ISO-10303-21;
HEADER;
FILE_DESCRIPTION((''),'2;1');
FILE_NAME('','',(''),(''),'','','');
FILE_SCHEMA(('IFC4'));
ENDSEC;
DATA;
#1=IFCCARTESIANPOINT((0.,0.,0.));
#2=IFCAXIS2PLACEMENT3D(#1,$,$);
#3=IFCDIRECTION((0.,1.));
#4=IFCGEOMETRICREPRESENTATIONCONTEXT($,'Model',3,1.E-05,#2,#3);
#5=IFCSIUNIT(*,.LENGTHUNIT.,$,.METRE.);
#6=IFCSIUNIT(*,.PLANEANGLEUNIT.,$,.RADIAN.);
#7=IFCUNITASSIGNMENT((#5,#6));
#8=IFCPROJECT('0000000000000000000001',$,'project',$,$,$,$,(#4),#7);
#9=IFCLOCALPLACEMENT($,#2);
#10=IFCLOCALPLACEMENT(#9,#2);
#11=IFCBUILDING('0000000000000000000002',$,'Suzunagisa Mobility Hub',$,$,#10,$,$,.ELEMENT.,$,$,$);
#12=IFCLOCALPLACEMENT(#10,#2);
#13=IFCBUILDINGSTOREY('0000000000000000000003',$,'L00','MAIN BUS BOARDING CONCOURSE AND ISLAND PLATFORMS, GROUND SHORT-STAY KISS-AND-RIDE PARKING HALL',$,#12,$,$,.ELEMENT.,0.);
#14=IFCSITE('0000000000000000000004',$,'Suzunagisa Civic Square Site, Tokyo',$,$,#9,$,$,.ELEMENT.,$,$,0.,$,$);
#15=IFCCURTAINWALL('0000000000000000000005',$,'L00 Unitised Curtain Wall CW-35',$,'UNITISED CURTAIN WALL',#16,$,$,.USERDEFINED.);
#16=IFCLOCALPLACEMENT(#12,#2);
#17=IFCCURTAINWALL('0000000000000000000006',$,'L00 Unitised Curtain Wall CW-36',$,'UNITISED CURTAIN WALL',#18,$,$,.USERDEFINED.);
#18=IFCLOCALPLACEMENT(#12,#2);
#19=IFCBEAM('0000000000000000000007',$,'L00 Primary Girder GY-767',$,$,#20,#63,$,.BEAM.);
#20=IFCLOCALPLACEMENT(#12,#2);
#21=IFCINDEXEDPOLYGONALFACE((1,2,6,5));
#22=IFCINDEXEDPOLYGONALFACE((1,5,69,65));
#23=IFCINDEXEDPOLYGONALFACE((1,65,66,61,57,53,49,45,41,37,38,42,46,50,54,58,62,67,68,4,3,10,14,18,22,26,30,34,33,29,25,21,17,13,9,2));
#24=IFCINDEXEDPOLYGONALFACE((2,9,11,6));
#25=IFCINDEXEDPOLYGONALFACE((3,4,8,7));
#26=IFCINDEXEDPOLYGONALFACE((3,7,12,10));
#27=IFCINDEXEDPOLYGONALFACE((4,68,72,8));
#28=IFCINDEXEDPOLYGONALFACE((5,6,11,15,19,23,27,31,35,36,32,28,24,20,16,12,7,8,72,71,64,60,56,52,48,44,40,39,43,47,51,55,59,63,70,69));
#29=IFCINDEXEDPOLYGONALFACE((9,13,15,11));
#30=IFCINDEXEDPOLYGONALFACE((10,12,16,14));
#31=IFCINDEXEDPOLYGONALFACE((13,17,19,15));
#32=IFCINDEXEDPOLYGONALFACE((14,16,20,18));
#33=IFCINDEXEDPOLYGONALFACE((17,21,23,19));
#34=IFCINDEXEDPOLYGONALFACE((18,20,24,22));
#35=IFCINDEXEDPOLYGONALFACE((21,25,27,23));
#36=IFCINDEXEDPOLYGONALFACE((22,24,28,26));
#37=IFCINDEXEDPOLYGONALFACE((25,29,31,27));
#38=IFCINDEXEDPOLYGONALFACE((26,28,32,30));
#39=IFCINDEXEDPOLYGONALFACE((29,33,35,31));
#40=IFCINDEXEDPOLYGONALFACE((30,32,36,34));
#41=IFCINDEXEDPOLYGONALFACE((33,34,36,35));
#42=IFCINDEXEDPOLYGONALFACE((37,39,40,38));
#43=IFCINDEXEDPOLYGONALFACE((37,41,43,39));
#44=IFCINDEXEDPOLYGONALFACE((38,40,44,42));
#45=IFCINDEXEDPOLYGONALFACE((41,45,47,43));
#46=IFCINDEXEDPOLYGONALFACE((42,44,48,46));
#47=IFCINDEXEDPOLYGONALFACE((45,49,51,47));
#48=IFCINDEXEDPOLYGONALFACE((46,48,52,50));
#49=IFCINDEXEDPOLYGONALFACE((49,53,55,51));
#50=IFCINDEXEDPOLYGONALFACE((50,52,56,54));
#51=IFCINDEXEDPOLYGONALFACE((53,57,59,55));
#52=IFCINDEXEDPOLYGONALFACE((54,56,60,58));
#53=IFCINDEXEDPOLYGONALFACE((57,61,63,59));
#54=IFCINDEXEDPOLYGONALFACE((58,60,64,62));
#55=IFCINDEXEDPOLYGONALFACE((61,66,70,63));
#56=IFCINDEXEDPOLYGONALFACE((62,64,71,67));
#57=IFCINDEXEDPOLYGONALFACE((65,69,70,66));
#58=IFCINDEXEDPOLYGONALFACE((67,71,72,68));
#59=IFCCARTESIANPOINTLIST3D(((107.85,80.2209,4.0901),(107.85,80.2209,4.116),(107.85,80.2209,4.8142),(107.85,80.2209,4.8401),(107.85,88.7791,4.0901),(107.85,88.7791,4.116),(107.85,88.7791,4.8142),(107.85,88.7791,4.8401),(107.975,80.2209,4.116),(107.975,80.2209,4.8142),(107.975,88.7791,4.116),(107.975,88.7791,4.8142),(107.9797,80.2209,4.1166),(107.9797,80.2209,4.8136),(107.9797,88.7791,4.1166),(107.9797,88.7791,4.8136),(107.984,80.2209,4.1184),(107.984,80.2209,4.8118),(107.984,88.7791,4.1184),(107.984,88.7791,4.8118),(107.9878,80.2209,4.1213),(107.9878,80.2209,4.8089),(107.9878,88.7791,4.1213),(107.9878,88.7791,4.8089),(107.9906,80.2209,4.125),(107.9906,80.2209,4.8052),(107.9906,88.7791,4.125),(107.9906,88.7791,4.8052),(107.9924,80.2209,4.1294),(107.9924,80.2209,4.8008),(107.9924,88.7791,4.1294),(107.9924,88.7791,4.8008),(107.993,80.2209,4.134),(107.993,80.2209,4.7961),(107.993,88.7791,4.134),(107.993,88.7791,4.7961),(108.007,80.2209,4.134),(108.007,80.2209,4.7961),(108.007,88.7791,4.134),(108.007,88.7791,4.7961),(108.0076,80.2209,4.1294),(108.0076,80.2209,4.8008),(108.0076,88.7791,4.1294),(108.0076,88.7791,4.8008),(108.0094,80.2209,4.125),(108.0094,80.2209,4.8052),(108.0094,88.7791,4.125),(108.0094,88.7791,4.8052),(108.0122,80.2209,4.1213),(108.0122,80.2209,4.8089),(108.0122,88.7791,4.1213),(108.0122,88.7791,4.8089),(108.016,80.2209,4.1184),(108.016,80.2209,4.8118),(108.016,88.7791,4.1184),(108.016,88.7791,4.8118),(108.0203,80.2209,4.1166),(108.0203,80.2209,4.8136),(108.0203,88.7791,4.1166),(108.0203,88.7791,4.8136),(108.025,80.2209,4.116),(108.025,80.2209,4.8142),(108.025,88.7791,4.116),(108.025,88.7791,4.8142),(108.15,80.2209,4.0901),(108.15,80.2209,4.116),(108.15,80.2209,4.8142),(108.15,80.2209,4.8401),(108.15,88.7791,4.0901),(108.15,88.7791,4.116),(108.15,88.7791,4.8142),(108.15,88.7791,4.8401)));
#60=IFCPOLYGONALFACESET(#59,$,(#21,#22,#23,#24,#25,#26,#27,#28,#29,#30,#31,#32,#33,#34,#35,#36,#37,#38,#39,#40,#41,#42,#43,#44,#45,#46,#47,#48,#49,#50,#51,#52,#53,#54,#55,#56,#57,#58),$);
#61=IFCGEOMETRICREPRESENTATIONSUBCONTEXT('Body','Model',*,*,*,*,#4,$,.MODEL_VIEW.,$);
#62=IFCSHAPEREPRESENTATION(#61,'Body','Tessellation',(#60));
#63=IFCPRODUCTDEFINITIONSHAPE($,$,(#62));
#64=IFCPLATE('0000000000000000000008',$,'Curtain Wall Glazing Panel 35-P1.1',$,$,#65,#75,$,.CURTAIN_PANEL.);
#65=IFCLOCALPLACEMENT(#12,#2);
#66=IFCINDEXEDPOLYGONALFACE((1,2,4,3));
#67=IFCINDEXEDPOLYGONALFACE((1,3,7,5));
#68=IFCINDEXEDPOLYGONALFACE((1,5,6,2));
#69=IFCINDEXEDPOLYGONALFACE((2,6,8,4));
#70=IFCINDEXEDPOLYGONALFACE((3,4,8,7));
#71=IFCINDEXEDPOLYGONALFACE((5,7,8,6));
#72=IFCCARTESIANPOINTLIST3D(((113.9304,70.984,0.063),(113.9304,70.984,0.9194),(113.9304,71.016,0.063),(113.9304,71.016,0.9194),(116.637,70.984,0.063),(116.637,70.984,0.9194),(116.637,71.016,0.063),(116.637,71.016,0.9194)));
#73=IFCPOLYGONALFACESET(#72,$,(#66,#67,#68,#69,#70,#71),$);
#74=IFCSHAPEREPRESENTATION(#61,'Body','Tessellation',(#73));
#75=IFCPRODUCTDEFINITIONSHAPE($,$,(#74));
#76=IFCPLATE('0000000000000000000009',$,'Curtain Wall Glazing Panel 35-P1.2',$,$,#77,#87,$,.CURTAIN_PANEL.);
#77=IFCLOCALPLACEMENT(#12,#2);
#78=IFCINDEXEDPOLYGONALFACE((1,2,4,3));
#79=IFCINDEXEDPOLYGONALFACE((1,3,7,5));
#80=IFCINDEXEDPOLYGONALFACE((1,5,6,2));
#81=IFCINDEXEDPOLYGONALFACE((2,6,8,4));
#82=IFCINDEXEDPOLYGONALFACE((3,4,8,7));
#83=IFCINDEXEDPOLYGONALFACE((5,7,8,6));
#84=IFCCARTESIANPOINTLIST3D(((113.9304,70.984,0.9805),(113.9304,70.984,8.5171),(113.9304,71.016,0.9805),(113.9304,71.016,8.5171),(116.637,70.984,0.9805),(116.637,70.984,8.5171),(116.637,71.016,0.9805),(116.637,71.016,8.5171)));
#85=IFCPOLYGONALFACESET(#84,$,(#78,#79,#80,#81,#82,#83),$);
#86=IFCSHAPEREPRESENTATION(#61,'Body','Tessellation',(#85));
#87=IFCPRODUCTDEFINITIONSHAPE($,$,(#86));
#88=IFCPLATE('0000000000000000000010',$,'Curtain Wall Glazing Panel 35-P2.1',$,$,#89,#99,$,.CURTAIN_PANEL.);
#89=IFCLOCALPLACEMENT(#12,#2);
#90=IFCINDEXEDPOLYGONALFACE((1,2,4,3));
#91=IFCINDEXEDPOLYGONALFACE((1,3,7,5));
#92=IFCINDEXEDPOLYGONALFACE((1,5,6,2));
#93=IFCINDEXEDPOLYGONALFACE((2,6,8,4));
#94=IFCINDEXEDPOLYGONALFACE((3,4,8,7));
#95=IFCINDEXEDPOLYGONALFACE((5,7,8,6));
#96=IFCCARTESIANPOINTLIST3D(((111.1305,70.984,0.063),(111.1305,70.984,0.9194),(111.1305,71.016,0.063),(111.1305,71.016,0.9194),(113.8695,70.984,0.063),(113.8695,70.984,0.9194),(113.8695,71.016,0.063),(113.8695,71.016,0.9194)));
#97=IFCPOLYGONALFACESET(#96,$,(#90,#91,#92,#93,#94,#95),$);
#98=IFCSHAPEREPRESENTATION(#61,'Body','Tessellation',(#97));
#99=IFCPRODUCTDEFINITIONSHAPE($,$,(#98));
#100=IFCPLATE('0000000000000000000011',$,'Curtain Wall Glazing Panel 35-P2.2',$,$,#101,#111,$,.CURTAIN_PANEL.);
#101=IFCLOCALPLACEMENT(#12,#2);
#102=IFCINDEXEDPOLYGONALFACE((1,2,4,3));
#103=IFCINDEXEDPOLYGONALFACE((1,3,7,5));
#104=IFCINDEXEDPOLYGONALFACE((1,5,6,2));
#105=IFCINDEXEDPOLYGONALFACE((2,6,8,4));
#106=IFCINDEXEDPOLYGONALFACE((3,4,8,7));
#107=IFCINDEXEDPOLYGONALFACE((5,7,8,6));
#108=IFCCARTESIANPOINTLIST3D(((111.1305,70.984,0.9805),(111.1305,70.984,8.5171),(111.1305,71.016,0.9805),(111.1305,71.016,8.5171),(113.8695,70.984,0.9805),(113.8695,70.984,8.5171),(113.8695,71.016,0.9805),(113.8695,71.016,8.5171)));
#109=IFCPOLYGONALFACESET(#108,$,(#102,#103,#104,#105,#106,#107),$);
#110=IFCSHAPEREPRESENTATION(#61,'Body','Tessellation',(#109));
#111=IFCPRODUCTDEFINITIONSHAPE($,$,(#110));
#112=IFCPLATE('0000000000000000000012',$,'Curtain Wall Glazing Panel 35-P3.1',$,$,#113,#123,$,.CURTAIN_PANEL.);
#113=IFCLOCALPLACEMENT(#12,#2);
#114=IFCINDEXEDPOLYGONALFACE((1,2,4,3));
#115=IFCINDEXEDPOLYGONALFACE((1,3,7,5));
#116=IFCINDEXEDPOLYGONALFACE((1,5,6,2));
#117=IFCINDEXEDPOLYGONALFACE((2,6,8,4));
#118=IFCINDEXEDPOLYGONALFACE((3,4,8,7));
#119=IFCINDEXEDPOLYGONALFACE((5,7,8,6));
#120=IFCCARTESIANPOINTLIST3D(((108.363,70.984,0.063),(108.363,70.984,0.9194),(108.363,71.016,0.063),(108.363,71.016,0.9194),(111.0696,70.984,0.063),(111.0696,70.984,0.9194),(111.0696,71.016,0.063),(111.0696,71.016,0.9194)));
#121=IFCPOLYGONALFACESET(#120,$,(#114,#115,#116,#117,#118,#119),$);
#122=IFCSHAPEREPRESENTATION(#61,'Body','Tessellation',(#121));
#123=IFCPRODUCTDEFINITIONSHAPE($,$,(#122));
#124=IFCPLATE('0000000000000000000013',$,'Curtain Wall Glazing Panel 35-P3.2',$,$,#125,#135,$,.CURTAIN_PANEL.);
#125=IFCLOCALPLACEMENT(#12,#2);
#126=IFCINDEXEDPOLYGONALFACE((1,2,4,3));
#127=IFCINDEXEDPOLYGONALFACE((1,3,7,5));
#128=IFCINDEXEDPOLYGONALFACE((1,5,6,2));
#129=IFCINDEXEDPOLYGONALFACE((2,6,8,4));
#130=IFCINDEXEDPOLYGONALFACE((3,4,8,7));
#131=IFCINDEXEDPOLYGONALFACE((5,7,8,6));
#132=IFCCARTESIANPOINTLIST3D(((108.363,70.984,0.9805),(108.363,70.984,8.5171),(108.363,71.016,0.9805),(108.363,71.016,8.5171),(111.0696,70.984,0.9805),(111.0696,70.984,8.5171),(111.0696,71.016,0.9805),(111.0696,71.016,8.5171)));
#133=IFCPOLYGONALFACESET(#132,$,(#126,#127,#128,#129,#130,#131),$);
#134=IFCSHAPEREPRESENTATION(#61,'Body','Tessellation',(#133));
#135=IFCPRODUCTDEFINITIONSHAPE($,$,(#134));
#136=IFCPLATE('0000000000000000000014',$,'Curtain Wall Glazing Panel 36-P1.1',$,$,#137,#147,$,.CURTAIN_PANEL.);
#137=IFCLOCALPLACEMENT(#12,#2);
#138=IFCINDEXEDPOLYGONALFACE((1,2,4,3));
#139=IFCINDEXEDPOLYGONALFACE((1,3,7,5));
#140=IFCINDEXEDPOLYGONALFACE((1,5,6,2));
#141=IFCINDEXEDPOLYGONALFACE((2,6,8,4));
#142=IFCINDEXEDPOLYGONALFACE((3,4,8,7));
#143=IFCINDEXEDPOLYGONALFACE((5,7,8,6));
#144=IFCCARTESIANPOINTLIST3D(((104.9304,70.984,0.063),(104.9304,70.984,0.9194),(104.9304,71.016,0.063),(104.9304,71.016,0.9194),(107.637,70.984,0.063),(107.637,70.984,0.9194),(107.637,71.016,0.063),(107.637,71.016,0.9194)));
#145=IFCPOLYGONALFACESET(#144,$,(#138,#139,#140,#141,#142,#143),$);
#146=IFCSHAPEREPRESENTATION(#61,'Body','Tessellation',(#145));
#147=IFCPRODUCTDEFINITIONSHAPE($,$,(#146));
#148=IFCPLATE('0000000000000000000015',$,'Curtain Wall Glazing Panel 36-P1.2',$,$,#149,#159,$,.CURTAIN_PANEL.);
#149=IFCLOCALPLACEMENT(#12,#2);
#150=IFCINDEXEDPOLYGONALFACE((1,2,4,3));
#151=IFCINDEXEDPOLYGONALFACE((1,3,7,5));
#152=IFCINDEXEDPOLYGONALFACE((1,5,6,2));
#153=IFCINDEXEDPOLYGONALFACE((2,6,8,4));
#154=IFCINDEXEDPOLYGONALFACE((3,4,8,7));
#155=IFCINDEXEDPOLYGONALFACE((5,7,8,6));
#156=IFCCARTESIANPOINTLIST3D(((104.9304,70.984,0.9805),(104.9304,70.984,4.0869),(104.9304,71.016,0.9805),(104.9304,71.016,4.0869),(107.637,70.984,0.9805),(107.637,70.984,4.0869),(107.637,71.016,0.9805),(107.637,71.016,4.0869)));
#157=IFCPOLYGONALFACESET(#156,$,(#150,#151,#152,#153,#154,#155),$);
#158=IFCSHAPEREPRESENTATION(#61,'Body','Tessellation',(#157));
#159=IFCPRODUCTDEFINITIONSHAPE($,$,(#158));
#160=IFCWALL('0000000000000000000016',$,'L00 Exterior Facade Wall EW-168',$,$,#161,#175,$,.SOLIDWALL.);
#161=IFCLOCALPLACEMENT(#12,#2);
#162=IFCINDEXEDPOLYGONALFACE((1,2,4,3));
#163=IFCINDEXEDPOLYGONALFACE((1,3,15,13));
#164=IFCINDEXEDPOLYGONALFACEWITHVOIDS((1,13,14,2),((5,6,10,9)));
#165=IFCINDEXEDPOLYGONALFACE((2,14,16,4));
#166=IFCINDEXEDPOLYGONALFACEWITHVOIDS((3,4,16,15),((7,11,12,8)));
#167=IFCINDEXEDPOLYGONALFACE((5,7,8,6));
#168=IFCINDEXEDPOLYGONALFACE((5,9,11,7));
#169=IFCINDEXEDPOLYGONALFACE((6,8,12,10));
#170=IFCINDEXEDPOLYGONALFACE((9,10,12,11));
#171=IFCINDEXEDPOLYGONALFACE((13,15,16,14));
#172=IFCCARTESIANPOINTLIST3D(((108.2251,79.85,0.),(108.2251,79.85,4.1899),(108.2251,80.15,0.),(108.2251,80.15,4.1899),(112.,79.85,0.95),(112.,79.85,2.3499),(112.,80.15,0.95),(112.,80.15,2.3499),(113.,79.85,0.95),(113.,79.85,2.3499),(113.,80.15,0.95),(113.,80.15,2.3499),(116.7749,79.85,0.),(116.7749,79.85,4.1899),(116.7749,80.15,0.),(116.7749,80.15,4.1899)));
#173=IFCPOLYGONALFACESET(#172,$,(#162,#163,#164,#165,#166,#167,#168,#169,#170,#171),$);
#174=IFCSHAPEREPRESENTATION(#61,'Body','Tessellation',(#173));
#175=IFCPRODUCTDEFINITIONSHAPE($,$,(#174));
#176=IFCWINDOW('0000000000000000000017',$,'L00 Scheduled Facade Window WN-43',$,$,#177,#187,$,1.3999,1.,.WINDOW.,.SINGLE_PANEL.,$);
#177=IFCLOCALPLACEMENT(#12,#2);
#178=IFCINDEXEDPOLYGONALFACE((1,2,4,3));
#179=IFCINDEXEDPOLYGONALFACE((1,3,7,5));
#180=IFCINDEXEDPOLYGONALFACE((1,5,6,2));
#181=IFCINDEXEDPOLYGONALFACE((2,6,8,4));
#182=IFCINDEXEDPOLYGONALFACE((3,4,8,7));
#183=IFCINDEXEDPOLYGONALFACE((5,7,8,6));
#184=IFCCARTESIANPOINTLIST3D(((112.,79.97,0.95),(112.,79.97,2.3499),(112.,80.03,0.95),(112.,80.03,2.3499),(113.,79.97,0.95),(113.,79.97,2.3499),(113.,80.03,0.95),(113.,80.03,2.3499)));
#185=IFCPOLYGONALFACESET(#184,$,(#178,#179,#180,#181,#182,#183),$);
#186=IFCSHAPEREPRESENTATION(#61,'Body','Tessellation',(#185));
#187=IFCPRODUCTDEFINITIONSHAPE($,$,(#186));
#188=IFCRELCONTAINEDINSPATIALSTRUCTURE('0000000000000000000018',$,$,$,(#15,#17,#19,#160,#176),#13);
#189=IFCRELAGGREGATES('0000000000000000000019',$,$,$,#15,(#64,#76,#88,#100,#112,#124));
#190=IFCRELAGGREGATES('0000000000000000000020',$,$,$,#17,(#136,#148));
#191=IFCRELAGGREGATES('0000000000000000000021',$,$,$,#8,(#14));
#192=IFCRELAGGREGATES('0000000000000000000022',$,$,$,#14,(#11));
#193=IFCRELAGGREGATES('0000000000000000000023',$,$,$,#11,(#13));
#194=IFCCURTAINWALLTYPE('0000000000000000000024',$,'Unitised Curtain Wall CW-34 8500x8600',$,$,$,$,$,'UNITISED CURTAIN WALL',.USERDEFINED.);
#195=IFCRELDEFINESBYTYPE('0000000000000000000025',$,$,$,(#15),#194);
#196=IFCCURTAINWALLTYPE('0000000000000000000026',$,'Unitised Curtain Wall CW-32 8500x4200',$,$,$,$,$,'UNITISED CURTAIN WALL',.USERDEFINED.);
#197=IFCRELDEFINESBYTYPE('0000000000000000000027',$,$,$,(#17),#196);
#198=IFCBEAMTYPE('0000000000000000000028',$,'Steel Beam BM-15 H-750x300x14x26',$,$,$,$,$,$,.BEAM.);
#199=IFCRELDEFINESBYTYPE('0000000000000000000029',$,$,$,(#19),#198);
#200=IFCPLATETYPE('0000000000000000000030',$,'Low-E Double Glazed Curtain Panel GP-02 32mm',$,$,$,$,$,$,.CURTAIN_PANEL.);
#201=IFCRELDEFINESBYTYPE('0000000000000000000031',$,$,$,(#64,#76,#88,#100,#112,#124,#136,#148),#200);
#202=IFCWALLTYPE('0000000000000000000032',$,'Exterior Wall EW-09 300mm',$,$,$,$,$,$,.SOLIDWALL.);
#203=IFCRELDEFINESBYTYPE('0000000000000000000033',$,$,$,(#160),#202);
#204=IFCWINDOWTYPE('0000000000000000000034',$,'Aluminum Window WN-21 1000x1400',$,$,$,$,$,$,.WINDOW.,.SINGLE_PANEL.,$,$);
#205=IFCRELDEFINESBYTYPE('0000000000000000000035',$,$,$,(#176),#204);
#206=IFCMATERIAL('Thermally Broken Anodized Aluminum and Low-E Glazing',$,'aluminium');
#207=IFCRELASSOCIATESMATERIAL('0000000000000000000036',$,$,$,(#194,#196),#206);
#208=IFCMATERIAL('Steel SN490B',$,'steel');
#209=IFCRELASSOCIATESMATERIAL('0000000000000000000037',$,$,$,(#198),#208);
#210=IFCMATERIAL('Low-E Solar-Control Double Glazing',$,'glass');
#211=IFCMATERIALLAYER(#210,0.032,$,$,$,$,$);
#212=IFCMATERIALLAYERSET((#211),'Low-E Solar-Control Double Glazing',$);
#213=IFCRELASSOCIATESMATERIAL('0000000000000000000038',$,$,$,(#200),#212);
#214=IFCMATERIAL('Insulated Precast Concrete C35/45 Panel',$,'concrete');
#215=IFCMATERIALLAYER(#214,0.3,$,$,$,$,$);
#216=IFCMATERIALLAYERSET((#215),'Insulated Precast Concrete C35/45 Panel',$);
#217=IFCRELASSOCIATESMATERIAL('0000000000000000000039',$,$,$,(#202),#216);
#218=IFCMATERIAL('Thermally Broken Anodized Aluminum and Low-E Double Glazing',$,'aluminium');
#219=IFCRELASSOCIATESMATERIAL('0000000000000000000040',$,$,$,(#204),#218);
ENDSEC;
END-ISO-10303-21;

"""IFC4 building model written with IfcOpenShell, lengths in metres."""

from ifc_helpers import new_model, si_unit, direction, frame, frame_2d, origin, origin_2d, place, context, subcontext, project, spatial, rectangle, i_section, extrude, material, layer, layer_set, material_profile, profile_set, type_object, element, fill, aggregate, save


model = new_model("IFC4")

# Units and contexts
model_context = context("Model", 3, precision=1e-05, world=origin(), true_north=direction((0.0, 1.0)))
body_context = subcontext(model_context, "Body", "Model", "MODEL_VIEW")
ifc_project = project(units=[si_unit("LENGTHUNIT", "METRE"), si_unit("PLANEANGLEUNIT", "RADIAN")], contexts=[model_context])

# Site, building, storey
site_placement = place(None, origin())
site = spatial("IfcSite", under=ifc_project, at=site_placement, Name="Suzunagisa Civic Square Site, Tokyo", CompositionType="ELEMENT", RefElevation=0.0)
building_placement = place(site_placement, origin())
building = spatial("IfcBuilding", under=site, at=building_placement, Name="Suzunagisa Mobility Hub", CompositionType="ELEMENT")
storey_placement = place(building_placement, origin())
storey = spatial("IfcBuildingStorey", under=building, at=storey_placement, Name="L00", Description="MAIN BUS BOARDING CONCOURSE AND ISLAND PLATFORMS, GROUND SHORT-STAY KISS-AND-RIDE PARKING HALL", CompositionType="ELEMENT", Elevation=0.0)

# Shared definitions
ifc_material_1 = material(Name="Steel SN490B", Category="steel")

# Curtain walls
ifc_material_2 = material(Name="Thermally Broken Anodized Aluminum and Low-E Glazing", Category="aluminium")
curtain_wall_type_1 = type_object("IfcCurtainWallType", Name="Unitised Curtain Wall CW-34 8500x8600", ElementType="UNITISED CURTAIN WALL", PredefinedType="USERDEFINED", material=ifc_material_2)
curtain_wall_1_placement = place(storey_placement, origin())
curtain_wall_1 = element("IfcCurtainWall", 1, at=curtain_wall_1_placement, inside=storey, type_object=curtain_wall_type_1, Name="L00 Unitised Curtain Wall CW-35", ObjectType="UNITISED CURTAIN WALL", PredefinedType="USERDEFINED")
curtain_wall_type_2 = type_object("IfcCurtainWallType", Name="Unitised Curtain Wall CW-32 8500x4200", ElementType="UNITISED CURTAIN WALL", PredefinedType="USERDEFINED", material=ifc_material_2)
curtain_wall_2_placement = place(storey_placement, origin())
curtain_wall_2 = element("IfcCurtainWall", 2, at=curtain_wall_2_placement, inside=storey, type_object=curtain_wall_type_2, Name="L00 Unitised Curtain Wall CW-36", ObjectType="UNITISED CURTAIN WALL", PredefinedType="USERDEFINED")

# Beam
ifc_material_profile_1 = material_profile(ifc_material_1, i_section(OverallWidth=0.3, OverallDepth=0.75, WebThickness=0.0139, FlangeThickness=0.0259, FilletRadius=0.0181, at=origin_2d()), Name="H-750x300x14x26")
ifc_profile_set_1 = profile_set([ifc_material_profile_1], Name="Steel SN490B")
beam_type_1 = type_object("IfcBeamType", Name="Steel Beam BM-15 H-750x300x14x26", PredefinedType="BEAM", material=ifc_profile_set_1)
beam_1_placement = place(storey_placement, frame((108.0, 80.2209, 4.4651), z_axis=(0.0, 1.0, 0.0), x_axis=(-1.0, 0.0, 0.0)))
element("IfcBeam", 3, at=beam_1_placement, inside=storey, type_object=beam_type_1, Name="L00 Primary Girder GY-767", PredefinedType="BEAM", context=body_context, shape_type="SweptSolid", body=[
    extrude(i_section(OverallWidth=0.3, OverallDepth=0.75, WebThickness=0.0139, FlangeThickness=0.0259, FilletRadius=0.0181, at=origin_2d()), origin(), (0.0, 0.0, 1.0), 8.5581),
])

# Plates
ifc_material_3 = material(Name="Low-E Solar-Control Double Glazing", Category="glass")
ifc_layer_1 = layer(ifc_material_3, 0.032)
ifc_layer_set_1 = layer_set([ifc_layer_1], Name="Low-E Solar-Control Double Glazing")
plate_type = type_object("IfcPlateType", Name="Low-E Double Glazed Curtain Panel GP-02 32mm", PredefinedType="CURTAIN_PANEL", material=ifc_layer_set_1)
plate_1_placement = place(storey_placement, frame((115.2837, 71.0, 0.063), z_axis=(0.0, 0.0, 1.0), x_axis=(-1.0, 0.0, 0.0)))
plate_1 = element("IfcPlate", 4, at=plate_1_placement, type_object=plate_type, Name="Curtain Wall Glazing Panel 35-P1.1", PredefinedType="CURTAIN_PANEL", context=body_context, shape_type="SweptSolid", body=[
    extrude(rectangle(XDim=2.7065, YDim=0.032, at=origin_2d()), origin(), (0.0, 0.0, 1.0), 0.8564),
])
plate_2_placement = place(storey_placement, frame((115.2837, 71.0, 0.9805), z_axis=(0.0, 0.0, 1.0), x_axis=(-1.0, 0.0, 0.0)))
plate_2 = element("IfcPlate", 5, at=plate_2_placement, type_object=plate_type, Name="Curtain Wall Glazing Panel 35-P1.2", PredefinedType="CURTAIN_PANEL", context=body_context, shape_type="SweptSolid", body=[
    extrude(rectangle(XDim=2.7065, YDim=0.032, at=origin_2d()), origin(), (0.0, 0.0, 1.0), 7.5366),
])
plate_3_placement = place(storey_placement, frame((112.5, 71.0, 0.063), z_axis=(0.0, 0.0, 1.0), x_axis=(-1.0, 0.0, 0.0)))
plate_3 = element("IfcPlate", 6, at=plate_3_placement, type_object=plate_type, Name="Curtain Wall Glazing Panel 35-P2.1", PredefinedType="CURTAIN_PANEL", context=body_context, shape_type="SweptSolid", body=[
    extrude(rectangle(XDim=2.739, YDim=0.032, at=origin_2d()), origin(), (0.0, 0.0, 1.0), 0.8564),
])
plate_4_placement = place(storey_placement, frame((112.5, 71.0, 0.9805), z_axis=(0.0, 0.0, 1.0), x_axis=(-1.0, 0.0, 0.0)))
plate_4 = element("IfcPlate", 7, at=plate_4_placement, type_object=plate_type, Name="Curtain Wall Glazing Panel 35-P2.2", PredefinedType="CURTAIN_PANEL", context=body_context, shape_type="SweptSolid", body=[
    extrude(rectangle(XDim=2.739, YDim=0.032, at=origin_2d()), origin(), (0.0, 0.0, 1.0), 7.5366),
])
plate_5_placement = place(storey_placement, frame((109.7163, 71.0, 0.063), z_axis=(0.0, 0.0, 1.0), x_axis=(-1.0, 0.0, 0.0)))
plate_5 = element("IfcPlate", 8, at=plate_5_placement, type_object=plate_type, Name="Curtain Wall Glazing Panel 35-P3.1", PredefinedType="CURTAIN_PANEL", context=body_context, shape_type="SweptSolid", body=[
    extrude(rectangle(XDim=2.7065, YDim=0.032, at=origin_2d()), origin(), (0.0, 0.0, 1.0), 0.8564),
])
plate_6_placement = place(storey_placement, frame((109.7163, 71.0, 0.9805), z_axis=(0.0, 0.0, 1.0), x_axis=(-1.0, 0.0, 0.0)))
plate_6 = element("IfcPlate", 9, at=plate_6_placement, type_object=plate_type, Name="Curtain Wall Glazing Panel 35-P3.2", PredefinedType="CURTAIN_PANEL", context=body_context, shape_type="SweptSolid", body=[
    extrude(rectangle(XDim=2.7065, YDim=0.032, at=origin_2d()), origin(), (0.0, 0.0, 1.0), 7.5366),
])
aggregate(curtain_wall_1, [plate_1, plate_2, plate_3, plate_4, plate_5, plate_6])
plate_7_placement = place(storey_placement, frame((106.2837, 71.0, 0.063), z_axis=(0.0, 0.0, 1.0), x_axis=(-1.0, 0.0, 0.0)))
plate_7 = element("IfcPlate", 10, at=plate_7_placement, type_object=plate_type, Name="Curtain Wall Glazing Panel 36-P1.1", PredefinedType="CURTAIN_PANEL", context=body_context, shape_type="SweptSolid", body=[
    extrude(rectangle(XDim=2.7065, YDim=0.032, at=origin_2d()), origin(), (0.0, 0.0, 1.0), 0.8564),
])
plate_8_placement = place(storey_placement, frame((106.2837, 71.0, 0.9805), z_axis=(0.0, 0.0, 1.0), x_axis=(-1.0, 0.0, 0.0)))
plate_8 = element("IfcPlate", 11, at=plate_8_placement, type_object=plate_type, Name="Curtain Wall Glazing Panel 36-P1.2", PredefinedType="CURTAIN_PANEL", context=body_context, shape_type="SweptSolid", body=[
    extrude(rectangle(XDim=2.7065, YDim=0.032, at=origin_2d()), origin(), (0.0, 0.0, 1.0), 3.1064),
])
aggregate(curtain_wall_2, [plate_7, plate_8])

# Wall, opening, window
ifc_material_4 = material(Name="Insulated Precast Concrete C35/45 Panel", Category="concrete")
ifc_layer_2 = layer(ifc_material_4, 0.3)
ifc_layer_set_2 = layer_set([ifc_layer_2], Name="Insulated Precast Concrete C35/45 Panel")
wall_type_1 = type_object("IfcWallType", Name="Exterior Wall EW-09 300mm", PredefinedType="SOLIDWALL", material=ifc_layer_set_2)
wall_1_placement = place(storey_placement, frame((108.2251, 80.0, 0.0), z_axis=(0.0, 0.0, 1.0), x_axis=(1.0, 0.0, 0.0)))
wall_1 = element("IfcWall", 12, at=wall_1_placement, inside=storey, type_object=wall_type_1, Name="L00 Exterior Facade Wall EW-168", PredefinedType="SOLIDWALL", context=body_context, shape_type="SweptSolid", body=[
    extrude(rectangle(XDim=8.5498, YDim=0.3, at=frame_2d((4.2749, 0.0))), origin(), (0.0, 0.0, 1.0), 4.1899),
])
opening_placement = place(wall_1_placement, frame((3.7749, 0.0, 0.95)))
opening = element("IfcOpeningElement", 13, at=opening_placement, cuts=wall_1, PredefinedType="OPENING", context=body_context, shape_type="SweptSolid", body=[
    extrude(rectangle(XDim=1.0, YDim=1.3999, at=frame_2d((0.5, 0.7))), frame((0.0, 0.1611, 0.0), z_axis=(0.0, -1.0, 0.0), x_axis=(1.0, 0.0, 0.0)), (0.0, 0.0, 1.0), 0.322),
])
ifc_material_5 = material(Name="Thermally Broken Anodized Aluminum and Low-E Double Glazing", Category="aluminium")
window_type = type_object("IfcWindowType", Name="Aluminum Window WN-21 1000x1400", PartitioningType="SINGLE_PANEL", PredefinedType="WINDOW", material=ifc_material_5)
window_placement = place(opening_placement, origin())
window = element("IfcWindow", 14, at=window_placement, inside=storey, type_object=window_type, Name="L00 Scheduled Facade Window WN-43", OverallHeight=1.3999, OverallWidth=1.0, PartitioningType="SINGLE_PANEL", PredefinedType="WINDOW", context=body_context, shape_type="SweptSolid", body=[
    extrude(rectangle(XDim=1.0, YDim=1.3999, at=frame_2d((0.5, 0.7))), frame((0.0, 0.03, 0.0), z_axis=(0.0, -1.0, 0.0), x_axis=(1.0, 0.0, 0.0)), (0.0, 0.0, 1.0), 0.0601),
])
fill(opening, window)

save(model, "model.ifc")
